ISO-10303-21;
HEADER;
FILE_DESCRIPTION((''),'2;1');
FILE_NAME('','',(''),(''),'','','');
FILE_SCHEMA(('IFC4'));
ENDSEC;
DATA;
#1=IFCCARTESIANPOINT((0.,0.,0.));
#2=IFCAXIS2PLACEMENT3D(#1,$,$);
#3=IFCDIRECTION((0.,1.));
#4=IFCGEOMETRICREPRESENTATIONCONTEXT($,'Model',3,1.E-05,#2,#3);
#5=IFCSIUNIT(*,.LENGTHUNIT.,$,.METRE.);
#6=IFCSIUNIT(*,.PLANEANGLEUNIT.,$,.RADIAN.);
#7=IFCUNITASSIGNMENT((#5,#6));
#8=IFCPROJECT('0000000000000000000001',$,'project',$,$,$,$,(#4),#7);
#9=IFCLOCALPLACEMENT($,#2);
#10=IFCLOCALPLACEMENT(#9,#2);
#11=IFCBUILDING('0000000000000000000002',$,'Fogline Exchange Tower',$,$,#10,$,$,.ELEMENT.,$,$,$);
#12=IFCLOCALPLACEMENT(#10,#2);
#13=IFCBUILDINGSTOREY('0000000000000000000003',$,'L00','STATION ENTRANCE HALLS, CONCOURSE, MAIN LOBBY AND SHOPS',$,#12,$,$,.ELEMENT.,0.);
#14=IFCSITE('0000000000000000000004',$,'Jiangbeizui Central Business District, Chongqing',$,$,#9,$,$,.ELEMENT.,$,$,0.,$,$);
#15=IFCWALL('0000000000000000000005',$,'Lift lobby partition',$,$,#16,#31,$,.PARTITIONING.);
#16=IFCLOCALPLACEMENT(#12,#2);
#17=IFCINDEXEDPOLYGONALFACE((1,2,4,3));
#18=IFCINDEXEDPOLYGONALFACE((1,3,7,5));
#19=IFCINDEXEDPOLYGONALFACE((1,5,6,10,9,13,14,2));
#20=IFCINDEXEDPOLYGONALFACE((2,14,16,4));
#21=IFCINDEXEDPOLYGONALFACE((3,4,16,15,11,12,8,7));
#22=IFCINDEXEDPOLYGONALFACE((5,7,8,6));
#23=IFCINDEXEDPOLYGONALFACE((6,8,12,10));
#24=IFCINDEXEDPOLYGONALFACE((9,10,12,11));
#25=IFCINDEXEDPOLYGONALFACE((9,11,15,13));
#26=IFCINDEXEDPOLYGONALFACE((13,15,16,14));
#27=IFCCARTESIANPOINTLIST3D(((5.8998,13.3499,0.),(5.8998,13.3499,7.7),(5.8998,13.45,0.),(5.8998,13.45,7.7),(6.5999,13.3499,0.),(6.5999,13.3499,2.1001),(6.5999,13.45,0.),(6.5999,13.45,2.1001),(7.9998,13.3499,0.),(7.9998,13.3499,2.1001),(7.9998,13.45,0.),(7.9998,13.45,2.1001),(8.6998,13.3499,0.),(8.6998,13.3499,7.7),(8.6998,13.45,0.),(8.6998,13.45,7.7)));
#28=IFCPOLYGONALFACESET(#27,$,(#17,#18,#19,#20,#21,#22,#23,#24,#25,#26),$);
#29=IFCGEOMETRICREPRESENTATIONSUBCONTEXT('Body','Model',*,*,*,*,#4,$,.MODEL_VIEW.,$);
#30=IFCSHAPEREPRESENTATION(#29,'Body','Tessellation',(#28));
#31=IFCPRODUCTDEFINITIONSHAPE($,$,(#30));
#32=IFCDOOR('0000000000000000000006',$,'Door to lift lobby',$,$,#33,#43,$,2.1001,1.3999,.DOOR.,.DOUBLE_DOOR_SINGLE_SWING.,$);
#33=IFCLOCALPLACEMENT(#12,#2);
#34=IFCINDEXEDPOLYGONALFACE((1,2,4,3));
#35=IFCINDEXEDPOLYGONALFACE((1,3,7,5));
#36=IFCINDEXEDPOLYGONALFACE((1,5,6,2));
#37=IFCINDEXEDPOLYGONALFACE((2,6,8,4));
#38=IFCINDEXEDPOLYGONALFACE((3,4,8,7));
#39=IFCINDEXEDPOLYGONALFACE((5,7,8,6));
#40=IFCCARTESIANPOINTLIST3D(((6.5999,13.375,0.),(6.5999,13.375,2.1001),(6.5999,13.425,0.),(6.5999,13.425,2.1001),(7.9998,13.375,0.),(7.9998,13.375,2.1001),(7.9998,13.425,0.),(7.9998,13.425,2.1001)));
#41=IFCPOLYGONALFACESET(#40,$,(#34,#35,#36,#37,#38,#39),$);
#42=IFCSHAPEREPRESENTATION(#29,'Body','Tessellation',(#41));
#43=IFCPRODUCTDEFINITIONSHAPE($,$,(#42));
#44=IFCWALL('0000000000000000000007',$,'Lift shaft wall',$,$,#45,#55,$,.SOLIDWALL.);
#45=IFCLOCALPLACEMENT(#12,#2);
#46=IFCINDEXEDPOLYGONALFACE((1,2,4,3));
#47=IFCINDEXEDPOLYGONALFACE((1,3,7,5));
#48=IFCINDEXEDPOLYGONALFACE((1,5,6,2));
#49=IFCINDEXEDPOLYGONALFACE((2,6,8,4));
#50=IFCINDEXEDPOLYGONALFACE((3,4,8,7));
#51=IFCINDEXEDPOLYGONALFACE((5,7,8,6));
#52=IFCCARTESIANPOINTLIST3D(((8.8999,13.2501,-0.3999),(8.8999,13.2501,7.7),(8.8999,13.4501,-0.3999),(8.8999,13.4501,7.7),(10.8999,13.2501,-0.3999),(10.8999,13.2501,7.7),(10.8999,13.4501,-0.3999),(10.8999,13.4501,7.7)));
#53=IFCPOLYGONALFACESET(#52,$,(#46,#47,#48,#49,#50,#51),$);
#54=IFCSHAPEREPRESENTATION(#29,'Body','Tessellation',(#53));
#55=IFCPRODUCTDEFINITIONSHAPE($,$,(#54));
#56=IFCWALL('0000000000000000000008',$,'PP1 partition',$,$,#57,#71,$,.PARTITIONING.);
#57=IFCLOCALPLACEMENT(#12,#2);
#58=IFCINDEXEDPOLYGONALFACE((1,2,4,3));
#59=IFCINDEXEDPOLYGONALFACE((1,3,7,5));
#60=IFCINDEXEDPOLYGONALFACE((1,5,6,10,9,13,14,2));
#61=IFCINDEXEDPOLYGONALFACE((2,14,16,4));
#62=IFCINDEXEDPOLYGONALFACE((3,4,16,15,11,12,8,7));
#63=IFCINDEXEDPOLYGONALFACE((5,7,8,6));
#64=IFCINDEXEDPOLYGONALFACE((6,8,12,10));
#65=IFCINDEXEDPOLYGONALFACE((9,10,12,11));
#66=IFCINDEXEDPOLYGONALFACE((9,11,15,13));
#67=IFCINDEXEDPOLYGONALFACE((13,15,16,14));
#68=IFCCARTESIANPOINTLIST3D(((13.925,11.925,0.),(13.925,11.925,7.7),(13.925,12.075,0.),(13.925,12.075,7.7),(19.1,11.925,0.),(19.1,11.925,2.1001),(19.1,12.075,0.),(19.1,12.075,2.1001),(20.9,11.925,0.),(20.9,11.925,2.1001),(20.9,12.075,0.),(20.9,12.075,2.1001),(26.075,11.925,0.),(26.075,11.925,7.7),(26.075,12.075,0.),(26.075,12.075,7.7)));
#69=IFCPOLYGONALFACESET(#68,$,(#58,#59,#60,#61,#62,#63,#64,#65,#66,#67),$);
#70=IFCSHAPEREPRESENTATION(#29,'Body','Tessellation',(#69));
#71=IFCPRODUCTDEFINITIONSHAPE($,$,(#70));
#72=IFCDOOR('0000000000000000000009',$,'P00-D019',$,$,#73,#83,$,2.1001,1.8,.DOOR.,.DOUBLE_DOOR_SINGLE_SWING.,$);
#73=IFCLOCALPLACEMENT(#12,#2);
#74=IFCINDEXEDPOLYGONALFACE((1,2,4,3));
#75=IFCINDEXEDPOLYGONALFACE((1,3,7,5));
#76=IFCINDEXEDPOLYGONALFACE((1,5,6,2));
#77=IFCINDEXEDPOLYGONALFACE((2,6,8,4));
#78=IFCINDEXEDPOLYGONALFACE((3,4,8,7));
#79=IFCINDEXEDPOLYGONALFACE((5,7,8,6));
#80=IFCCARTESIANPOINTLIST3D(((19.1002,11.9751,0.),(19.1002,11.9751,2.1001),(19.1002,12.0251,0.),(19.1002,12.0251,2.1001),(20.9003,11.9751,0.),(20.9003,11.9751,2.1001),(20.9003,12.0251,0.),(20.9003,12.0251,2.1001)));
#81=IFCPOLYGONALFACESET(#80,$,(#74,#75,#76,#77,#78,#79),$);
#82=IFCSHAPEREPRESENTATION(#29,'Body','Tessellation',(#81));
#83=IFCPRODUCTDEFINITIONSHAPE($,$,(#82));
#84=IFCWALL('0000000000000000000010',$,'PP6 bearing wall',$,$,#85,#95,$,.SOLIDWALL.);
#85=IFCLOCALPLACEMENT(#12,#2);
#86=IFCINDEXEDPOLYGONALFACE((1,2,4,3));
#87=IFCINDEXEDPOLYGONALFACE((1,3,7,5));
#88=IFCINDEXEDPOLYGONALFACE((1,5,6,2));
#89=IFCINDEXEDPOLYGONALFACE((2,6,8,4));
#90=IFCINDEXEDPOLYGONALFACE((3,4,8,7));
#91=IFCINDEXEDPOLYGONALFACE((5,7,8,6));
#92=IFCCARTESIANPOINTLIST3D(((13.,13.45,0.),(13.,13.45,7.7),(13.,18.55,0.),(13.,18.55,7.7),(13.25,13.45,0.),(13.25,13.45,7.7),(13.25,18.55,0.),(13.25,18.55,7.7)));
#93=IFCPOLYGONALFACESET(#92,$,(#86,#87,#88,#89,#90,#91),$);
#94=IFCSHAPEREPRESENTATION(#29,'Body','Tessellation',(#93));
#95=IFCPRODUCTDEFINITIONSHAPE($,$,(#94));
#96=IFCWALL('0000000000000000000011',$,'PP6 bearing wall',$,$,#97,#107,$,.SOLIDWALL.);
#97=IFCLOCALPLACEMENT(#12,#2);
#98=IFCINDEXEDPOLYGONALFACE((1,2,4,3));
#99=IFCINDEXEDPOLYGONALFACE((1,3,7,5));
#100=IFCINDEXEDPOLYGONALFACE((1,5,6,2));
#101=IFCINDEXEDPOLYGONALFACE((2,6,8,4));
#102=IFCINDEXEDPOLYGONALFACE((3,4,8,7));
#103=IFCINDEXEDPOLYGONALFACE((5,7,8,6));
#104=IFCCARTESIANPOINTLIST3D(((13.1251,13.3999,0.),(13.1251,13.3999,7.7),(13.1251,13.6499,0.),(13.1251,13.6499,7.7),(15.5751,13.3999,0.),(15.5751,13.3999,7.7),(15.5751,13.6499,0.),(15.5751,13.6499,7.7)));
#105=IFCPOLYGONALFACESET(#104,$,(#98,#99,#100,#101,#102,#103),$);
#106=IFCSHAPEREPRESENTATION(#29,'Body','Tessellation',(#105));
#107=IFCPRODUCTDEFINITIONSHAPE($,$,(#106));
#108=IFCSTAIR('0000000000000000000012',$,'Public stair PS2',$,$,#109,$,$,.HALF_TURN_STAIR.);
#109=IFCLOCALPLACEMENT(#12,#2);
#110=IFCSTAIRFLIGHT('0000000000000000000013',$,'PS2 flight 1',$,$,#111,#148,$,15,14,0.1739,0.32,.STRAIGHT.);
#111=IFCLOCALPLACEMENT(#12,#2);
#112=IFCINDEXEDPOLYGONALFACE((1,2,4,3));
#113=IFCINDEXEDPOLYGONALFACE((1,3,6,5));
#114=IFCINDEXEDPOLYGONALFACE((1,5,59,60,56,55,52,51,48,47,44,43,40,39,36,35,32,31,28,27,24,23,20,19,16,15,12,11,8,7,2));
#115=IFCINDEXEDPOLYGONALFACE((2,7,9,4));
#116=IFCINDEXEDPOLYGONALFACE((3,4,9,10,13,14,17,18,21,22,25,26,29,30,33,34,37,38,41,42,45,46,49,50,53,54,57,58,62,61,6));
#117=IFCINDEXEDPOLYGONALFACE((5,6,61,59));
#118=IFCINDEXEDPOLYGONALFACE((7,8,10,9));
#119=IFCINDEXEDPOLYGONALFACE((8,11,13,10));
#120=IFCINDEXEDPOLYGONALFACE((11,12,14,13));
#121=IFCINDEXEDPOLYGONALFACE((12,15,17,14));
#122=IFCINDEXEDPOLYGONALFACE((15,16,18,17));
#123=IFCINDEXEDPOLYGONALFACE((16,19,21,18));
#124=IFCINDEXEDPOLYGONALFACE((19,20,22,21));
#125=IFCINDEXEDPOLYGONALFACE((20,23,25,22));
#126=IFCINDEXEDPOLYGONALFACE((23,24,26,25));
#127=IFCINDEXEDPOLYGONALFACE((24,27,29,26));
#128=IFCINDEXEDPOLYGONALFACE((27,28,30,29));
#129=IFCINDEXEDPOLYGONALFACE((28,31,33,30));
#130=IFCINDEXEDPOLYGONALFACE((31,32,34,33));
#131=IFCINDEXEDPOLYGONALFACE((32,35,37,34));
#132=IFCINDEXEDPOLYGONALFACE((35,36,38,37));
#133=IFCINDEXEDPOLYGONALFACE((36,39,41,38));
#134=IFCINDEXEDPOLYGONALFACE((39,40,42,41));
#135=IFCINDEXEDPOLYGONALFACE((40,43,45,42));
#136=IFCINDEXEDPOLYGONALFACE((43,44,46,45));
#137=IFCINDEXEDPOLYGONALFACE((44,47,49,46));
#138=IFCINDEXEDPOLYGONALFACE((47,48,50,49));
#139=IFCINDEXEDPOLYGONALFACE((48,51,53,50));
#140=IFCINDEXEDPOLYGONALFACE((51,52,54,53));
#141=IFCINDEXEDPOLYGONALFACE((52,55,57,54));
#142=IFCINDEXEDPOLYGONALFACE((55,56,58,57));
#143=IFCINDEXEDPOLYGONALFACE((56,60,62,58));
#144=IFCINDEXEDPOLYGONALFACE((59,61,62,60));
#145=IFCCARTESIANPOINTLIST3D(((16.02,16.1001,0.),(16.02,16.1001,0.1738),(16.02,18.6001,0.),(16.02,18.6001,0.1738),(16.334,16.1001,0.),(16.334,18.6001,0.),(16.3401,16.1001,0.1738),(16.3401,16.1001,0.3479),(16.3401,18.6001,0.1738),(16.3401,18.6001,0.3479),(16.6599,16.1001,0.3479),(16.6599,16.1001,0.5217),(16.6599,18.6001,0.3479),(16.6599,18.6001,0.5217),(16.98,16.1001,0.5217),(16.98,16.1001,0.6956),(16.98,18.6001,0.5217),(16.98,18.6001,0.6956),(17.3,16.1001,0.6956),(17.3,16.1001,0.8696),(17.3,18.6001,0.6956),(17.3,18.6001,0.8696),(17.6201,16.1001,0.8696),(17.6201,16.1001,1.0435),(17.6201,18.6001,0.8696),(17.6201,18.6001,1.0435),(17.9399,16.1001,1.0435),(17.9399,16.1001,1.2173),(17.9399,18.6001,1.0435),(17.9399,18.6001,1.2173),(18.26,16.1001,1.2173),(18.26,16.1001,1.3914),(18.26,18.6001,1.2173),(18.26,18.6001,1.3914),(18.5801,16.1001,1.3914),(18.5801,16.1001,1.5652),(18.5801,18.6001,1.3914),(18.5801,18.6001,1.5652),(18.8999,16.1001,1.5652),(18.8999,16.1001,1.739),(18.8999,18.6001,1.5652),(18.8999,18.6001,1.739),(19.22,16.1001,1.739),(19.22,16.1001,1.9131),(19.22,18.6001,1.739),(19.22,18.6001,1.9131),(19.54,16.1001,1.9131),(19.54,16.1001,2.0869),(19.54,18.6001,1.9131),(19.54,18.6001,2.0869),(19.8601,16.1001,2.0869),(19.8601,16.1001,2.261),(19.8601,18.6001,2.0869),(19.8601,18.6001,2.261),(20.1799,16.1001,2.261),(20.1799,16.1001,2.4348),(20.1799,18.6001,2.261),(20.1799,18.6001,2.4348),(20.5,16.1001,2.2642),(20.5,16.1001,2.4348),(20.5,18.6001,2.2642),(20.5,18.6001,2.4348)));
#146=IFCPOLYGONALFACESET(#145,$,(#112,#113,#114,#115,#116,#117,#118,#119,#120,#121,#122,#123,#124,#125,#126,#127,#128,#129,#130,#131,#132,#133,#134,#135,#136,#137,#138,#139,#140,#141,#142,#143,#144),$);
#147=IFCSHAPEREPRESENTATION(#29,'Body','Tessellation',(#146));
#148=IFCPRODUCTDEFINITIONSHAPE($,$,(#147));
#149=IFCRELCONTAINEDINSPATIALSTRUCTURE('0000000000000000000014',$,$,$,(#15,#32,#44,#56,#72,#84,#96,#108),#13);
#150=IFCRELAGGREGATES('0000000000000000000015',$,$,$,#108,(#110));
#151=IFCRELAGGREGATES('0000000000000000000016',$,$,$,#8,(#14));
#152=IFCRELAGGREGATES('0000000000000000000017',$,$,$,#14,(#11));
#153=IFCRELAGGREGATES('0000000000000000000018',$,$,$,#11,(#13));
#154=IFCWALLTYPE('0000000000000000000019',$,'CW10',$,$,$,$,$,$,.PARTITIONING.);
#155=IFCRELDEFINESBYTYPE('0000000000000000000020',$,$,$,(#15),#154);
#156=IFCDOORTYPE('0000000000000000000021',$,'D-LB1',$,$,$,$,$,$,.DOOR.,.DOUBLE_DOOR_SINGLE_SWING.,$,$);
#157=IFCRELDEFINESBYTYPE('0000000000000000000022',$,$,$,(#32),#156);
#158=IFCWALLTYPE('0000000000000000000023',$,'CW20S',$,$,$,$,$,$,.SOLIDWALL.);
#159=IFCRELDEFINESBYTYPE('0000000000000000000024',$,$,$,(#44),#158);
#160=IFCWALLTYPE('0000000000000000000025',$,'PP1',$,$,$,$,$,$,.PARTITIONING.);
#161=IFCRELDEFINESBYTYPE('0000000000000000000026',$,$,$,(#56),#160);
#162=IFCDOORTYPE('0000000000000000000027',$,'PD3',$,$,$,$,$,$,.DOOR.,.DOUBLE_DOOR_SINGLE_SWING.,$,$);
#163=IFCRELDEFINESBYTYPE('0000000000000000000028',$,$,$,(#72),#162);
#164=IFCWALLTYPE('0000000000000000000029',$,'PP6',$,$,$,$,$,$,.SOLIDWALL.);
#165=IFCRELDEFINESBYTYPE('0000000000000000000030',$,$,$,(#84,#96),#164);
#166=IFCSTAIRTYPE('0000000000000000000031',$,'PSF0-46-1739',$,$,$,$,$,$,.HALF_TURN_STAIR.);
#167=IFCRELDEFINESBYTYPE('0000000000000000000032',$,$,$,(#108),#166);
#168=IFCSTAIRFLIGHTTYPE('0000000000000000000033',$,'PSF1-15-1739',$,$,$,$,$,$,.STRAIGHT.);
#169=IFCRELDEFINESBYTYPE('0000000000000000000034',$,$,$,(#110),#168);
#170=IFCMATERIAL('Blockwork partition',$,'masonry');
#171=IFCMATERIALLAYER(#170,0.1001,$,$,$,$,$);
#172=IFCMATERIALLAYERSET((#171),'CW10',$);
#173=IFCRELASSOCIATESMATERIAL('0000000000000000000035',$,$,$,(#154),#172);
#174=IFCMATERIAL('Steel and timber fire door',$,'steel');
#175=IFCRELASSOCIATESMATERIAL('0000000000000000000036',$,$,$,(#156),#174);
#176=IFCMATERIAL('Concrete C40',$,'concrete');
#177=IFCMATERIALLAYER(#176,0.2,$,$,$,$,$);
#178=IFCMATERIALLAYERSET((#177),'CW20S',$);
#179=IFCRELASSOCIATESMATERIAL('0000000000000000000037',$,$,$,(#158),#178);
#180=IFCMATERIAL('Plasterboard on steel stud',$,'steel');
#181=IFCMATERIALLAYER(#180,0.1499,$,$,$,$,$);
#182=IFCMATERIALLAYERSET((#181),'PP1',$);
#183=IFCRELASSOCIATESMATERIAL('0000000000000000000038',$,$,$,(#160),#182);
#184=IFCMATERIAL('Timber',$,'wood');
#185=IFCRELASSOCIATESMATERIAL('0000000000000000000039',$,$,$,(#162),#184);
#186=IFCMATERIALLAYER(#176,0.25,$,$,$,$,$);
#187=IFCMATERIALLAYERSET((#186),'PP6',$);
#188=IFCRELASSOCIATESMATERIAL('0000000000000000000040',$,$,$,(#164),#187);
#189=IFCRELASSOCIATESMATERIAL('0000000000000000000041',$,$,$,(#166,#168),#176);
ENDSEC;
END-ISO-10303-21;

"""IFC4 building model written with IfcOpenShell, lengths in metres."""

from ifc_helpers import new_model, si_unit, direction, frame, frame_2d, origin, place, context, subcontext, project, spatial, polyline, rectangle, outline, extrude, material, layer, layer_set, type_object, element, fill, aggregate, save


model = new_model("IFC4")

# Units and contexts
model_context = context("Model", 3, precision=1e-05, world=origin(), true_north=direction((0.0, 1.0)))
body_context = subcontext(model_context, "Body", "Model", "MODEL_VIEW")
ifc_project = project(units=[si_unit("LENGTHUNIT", "METRE"), si_unit("PLANEANGLEUNIT", "RADIAN")], contexts=[model_context])

# Site, building, storey
site_placement = place(None, origin())
site = spatial("IfcSite", under=ifc_project, at=site_placement, Name="Jiangbeizui Central Business District, Chongqing", CompositionType="ELEMENT", RefElevation=0.0)
building_placement = place(site_placement, origin())
building = spatial("IfcBuilding", under=site, at=building_placement, Name="Fogline Exchange Tower", CompositionType="ELEMENT")
storey_placement = place(building_placement, origin())
storey = spatial("IfcBuildingStorey", under=building, at=storey_placement, Name="L00", Description="STATION ENTRANCE HALLS, CONCOURSE, MAIN LOBBY AND SHOPS", CompositionType="ELEMENT", Elevation=0.0)

# Wall, opening, door
ifc_material_1 = material(Name="Blockwork partition", Category="masonry")
ifc_layer_1 = layer(ifc_material_1, 0.1001)
ifc_layer_set_1 = layer_set([ifc_layer_1], Name="CW10")
wall_type_1 = type_object("IfcWallType", Name="CW10", PredefinedType="PARTITIONING", material=ifc_layer_set_1)
wall_1_placement = place(storey_placement, frame((5.8999, 13.3999, 0.0), z_axis=(0.0, 0.0, 1.0), x_axis=(1.0, 0.0, 0.0)))
wall_1 = element("IfcWall", 1, at=wall_1_placement, inside=storey, type_object=wall_type_1, Name="Lift lobby partition", PredefinedType="PARTITIONING", context=body_context, shape_type="SweptSolid", body=[
    extrude(rectangle(XDim=2.8, YDim=0.1001, at=frame_2d((1.3999, 0.0))), origin(), (0.0, 0.0, 1.0), 7.7),
])
opening_1_placement = place(wall_1_placement, frame((0.7, 0.0, 0.0)))
opening_1 = element("IfcOpeningElement", 2, at=opening_1_placement, cuts=wall_1, PredefinedType="OPENING", context=body_context, shape_type="SweptSolid", body=[
    extrude(rectangle(XDim=1.3999, YDim=2.1001, at=frame_2d((0.7, 1.05))), frame((0.0, 0.0601, 0.0), z_axis=(0.0, -1.0, 0.0), x_axis=(1.0, 0.0, 0.0)), (0.0, 0.0, 1.0), 0.1201),
])
ifc_material_2 = material(Name="Steel and timber fire door", Category="steel")
door_type_1 = type_object("IfcDoorType", Name="D-LB1", OperationType="DOUBLE_DOOR_SINGLE_SWING", PredefinedType="DOOR", material=ifc_material_2)
door_1_placement = place(opening_1_placement, frame((1.3999, 0.0, 0.0), z_axis=(0.0, 0.0, 1.0), x_axis=(-1.0, 0.0, 0.0)))
door_1 = element("IfcDoor", 3, at=door_1_placement, inside=storey, type_object=door_type_1, Name="Door to lift lobby", OperationType="DOUBLE_DOOR_SINGLE_SWING", OverallHeight=2.1001, OverallWidth=1.3999, PredefinedType="DOOR", context=body_context, shape_type="SweptSolid", body=[
    extrude(rectangle(XDim=1.3999, YDim=2.1001, at=frame_2d((0.7, 1.05))), frame((0.0, 0.0249, 0.0), z_axis=(0.0, -1.0, 0.0), x_axis=(1.0, 0.0, 0.0)), (0.0, 0.0, 1.0), 0.05),
])
fill(opening_1, door_1)

# Wall
ifc_material_3 = material(Name="Concrete C40", Category="concrete")
ifc_layer_2 = layer(ifc_material_3, 0.2)
ifc_layer_set_2 = layer_set([ifc_layer_2], Name="CW20S")
wall_type_2 = type_object("IfcWallType", Name="CW20S", PredefinedType="SOLIDWALL", material=ifc_layer_set_2)
wall_2_placement = place(storey_placement, frame((8.8999, 13.3501, -0.3999), z_axis=(0.0, 0.0, 1.0), x_axis=(1.0, 0.0, 0.0)))
element("IfcWall", 4, at=wall_2_placement, inside=storey, type_object=wall_type_2, Name="Lift shaft wall", PredefinedType="SOLIDWALL", context=body_context, shape_type="SweptSolid", body=[
    extrude(rectangle(XDim=2.0, YDim=0.2, at=frame_2d((1.0, 0.0))), origin(), (0.0, 0.0, 1.0), 8.0999),
])

# Wall, opening, door
ifc_material_4 = material(Name="Plasterboard on steel stud", Category="steel")
ifc_layer_3 = layer(ifc_material_4, 0.1499)
ifc_layer_set_3 = layer_set([ifc_layer_3], Name="PP1")
wall_type_3 = type_object("IfcWallType", Name="PP1", PredefinedType="PARTITIONING", material=ifc_layer_set_3)
wall_3_placement = place(storey_placement, frame((13.925, 12.0, 0.0), z_axis=(0.0, 0.0, 1.0), x_axis=(1.0, 0.0, 0.0)))
wall_3 = element("IfcWall", 5, at=wall_3_placement, inside=storey, type_object=wall_type_3, Name="PP1 partition", PredefinedType="PARTITIONING", context=body_context, shape_type="SweptSolid", body=[
    extrude(rectangle(XDim=12.1499, YDim=0.1499, at=frame_2d((6.075, 0.0))), origin(), (0.0, 0.0, 1.0), 7.7),
])
opening_2_placement = place(wall_3_placement, frame((5.175, 0.0, 0.0)))
opening_2 = element("IfcOpeningElement", 6, at=opening_2_placement, cuts=wall_3, PredefinedType="OPENING", context=body_context, shape_type="SweptSolid", body=[
    extrude(rectangle(XDim=1.8, YDim=2.1001, at=frame_2d((0.8999, 1.05))), frame((0.0, 0.085, 0.0), z_axis=(0.0, -1.0, 0.0), x_axis=(1.0, 0.0, 0.0)), (0.0, 0.0, 1.0), 0.1699),
])
ifc_material_5 = material(Name="Timber", Category="wood")
door_type_2 = type_object("IfcDoorType", Name="PD3", OperationType="DOUBLE_DOOR_SINGLE_SWING", PredefinedType="DOOR", material=ifc_material_5)
door_2_placement = place(opening_2_placement, frame((1.8, 0.0, 0.0), z_axis=(0.0, 0.0, 1.0), x_axis=(-1.0, 0.0, 0.0)))
door_2 = element("IfcDoor", 7, at=door_2_placement, inside=storey, type_object=door_type_2, Name="P00-D019", OperationType="DOUBLE_DOOR_SINGLE_SWING", OverallHeight=2.1001, OverallWidth=1.8, PredefinedType="DOOR", context=body_context, shape_type="SweptSolid", body=[
    extrude(rectangle(XDim=1.8, YDim=2.1001, at=frame_2d((0.8999, 1.05))), frame((0.0, 0.0249, 0.0), z_axis=(0.0, -1.0, 0.0), x_axis=(1.0, 0.0, 0.0)), (0.0, 0.0, 1.0), 0.05),
])
fill(opening_2, door_2)

# Walls
ifc_layer_4 = layer(ifc_material_3, 0.25)
ifc_layer_set_4 = layer_set([ifc_layer_4], Name="PP6")
wall_type_4 = type_object("IfcWallType", Name="PP6", PredefinedType="SOLIDWALL", material=ifc_layer_set_4)
wall_4_placement = place(storey_placement, frame((13.125, 13.45, 0.0), z_axis=(0.0, 0.0, 1.0), x_axis=(0.0, 1.0, 0.0)))
element("IfcWall", 8, at=wall_4_placement, inside=storey, type_object=wall_type_4, Name="PP6 bearing wall", PredefinedType="SOLIDWALL", context=body_context, shape_type="SweptSolid", body=[
    extrude(rectangle(XDim=5.1001, YDim=0.25, at=frame_2d((2.55, 0.0))), origin(), (0.0, 0.0, 1.0), 7.7),
])
wall_5_placement = place(storey_placement, frame((13.125, 13.5249, 0.0), z_axis=(0.0, 0.0, 1.0), x_axis=(1.0, 0.0, 0.0)))
element("IfcWall", 9, at=wall_5_placement, inside=storey, type_object=wall_type_4, Name="PP6 bearing wall", PredefinedType="SOLIDWALL", context=body_context, shape_type="SweptSolid", body=[
    extrude(rectangle(XDim=2.45, YDim=0.25, at=frame_2d((1.2251, 0.0))), origin(), (0.0, 0.0, 1.0), 7.7),
])

# Stair, stair flight
stair_type = type_object("IfcStairType", Name="PSF0-46-1739", PredefinedType="HALF_TURN_STAIR", material=ifc_material_3)
stair_placement = place(storey_placement, origin())
stair = element("IfcStair", 10, at=stair_placement, inside=storey, type_object=stair_type, Name="Public stair PS2", PredefinedType="HALF_TURN_STAIR")
stair_flight_type_1 = type_object("IfcStairFlightType", Name="PSF1-15-1739", PredefinedType="STRAIGHT", material=ifc_material_3)
stair_flight_1_placement = place(storey_placement, frame((16.02, 17.3501, 0.0), z_axis=(0.0, 0.0, 1.0), x_axis=(1.0, 0.0, 0.0)))
stair_flight_1 = element("IfcStairFlight", 11, at=stair_flight_1_placement, type_object=stair_flight_type_1, Name="PS2 flight 1", NumberOfRisers=15, NumberOfTreads=14, PredefinedType="STRAIGHT", RiserHeight=0.1739, TreadLength=0.32, context=body_context, shape_type="SweptSolid", body=[
    extrude(outline(polyline([(0.0, 0.0), (0.0, 0.1738), (0.3201, 0.1738), (0.3201, 0.3479), (0.6399, 0.3479), (0.6399, 0.5217), (0.96, 0.5217), (0.96, 0.6956), (1.28, 0.6956), (1.28, 0.8696), (1.6001, 0.8696), (1.6001, 1.0435), (1.9199, 1.0435), (1.9199, 1.2173), (2.24, 1.2173), (2.24, 1.3914), (2.5601, 1.3914), (2.5601, 1.5652), (2.8799, 1.5652), (2.8799, 1.739), (3.2, 1.739), (3.2, 1.9131), (3.52, 1.9131), (3.52, 2.0869), (3.8401, 2.0869), (3.8401, 2.261), (4.1599, 2.261), (4.1599, 2.4348), (4.48, 2.4348), (4.48, 2.6086), (4.48, 2.2642), (0.314, 0.0), (0.0, 0.0)])), frame((0.0, 1.25, 0.0), z_axis=(0.0, -1.0, 0.0), x_axis=(1.0, 0.0, 0.0)), (0.0, 0.0, 1.0), 2.5),
])
aggregate(stair, [stair_flight_1])

save(model, "model.ifc")
